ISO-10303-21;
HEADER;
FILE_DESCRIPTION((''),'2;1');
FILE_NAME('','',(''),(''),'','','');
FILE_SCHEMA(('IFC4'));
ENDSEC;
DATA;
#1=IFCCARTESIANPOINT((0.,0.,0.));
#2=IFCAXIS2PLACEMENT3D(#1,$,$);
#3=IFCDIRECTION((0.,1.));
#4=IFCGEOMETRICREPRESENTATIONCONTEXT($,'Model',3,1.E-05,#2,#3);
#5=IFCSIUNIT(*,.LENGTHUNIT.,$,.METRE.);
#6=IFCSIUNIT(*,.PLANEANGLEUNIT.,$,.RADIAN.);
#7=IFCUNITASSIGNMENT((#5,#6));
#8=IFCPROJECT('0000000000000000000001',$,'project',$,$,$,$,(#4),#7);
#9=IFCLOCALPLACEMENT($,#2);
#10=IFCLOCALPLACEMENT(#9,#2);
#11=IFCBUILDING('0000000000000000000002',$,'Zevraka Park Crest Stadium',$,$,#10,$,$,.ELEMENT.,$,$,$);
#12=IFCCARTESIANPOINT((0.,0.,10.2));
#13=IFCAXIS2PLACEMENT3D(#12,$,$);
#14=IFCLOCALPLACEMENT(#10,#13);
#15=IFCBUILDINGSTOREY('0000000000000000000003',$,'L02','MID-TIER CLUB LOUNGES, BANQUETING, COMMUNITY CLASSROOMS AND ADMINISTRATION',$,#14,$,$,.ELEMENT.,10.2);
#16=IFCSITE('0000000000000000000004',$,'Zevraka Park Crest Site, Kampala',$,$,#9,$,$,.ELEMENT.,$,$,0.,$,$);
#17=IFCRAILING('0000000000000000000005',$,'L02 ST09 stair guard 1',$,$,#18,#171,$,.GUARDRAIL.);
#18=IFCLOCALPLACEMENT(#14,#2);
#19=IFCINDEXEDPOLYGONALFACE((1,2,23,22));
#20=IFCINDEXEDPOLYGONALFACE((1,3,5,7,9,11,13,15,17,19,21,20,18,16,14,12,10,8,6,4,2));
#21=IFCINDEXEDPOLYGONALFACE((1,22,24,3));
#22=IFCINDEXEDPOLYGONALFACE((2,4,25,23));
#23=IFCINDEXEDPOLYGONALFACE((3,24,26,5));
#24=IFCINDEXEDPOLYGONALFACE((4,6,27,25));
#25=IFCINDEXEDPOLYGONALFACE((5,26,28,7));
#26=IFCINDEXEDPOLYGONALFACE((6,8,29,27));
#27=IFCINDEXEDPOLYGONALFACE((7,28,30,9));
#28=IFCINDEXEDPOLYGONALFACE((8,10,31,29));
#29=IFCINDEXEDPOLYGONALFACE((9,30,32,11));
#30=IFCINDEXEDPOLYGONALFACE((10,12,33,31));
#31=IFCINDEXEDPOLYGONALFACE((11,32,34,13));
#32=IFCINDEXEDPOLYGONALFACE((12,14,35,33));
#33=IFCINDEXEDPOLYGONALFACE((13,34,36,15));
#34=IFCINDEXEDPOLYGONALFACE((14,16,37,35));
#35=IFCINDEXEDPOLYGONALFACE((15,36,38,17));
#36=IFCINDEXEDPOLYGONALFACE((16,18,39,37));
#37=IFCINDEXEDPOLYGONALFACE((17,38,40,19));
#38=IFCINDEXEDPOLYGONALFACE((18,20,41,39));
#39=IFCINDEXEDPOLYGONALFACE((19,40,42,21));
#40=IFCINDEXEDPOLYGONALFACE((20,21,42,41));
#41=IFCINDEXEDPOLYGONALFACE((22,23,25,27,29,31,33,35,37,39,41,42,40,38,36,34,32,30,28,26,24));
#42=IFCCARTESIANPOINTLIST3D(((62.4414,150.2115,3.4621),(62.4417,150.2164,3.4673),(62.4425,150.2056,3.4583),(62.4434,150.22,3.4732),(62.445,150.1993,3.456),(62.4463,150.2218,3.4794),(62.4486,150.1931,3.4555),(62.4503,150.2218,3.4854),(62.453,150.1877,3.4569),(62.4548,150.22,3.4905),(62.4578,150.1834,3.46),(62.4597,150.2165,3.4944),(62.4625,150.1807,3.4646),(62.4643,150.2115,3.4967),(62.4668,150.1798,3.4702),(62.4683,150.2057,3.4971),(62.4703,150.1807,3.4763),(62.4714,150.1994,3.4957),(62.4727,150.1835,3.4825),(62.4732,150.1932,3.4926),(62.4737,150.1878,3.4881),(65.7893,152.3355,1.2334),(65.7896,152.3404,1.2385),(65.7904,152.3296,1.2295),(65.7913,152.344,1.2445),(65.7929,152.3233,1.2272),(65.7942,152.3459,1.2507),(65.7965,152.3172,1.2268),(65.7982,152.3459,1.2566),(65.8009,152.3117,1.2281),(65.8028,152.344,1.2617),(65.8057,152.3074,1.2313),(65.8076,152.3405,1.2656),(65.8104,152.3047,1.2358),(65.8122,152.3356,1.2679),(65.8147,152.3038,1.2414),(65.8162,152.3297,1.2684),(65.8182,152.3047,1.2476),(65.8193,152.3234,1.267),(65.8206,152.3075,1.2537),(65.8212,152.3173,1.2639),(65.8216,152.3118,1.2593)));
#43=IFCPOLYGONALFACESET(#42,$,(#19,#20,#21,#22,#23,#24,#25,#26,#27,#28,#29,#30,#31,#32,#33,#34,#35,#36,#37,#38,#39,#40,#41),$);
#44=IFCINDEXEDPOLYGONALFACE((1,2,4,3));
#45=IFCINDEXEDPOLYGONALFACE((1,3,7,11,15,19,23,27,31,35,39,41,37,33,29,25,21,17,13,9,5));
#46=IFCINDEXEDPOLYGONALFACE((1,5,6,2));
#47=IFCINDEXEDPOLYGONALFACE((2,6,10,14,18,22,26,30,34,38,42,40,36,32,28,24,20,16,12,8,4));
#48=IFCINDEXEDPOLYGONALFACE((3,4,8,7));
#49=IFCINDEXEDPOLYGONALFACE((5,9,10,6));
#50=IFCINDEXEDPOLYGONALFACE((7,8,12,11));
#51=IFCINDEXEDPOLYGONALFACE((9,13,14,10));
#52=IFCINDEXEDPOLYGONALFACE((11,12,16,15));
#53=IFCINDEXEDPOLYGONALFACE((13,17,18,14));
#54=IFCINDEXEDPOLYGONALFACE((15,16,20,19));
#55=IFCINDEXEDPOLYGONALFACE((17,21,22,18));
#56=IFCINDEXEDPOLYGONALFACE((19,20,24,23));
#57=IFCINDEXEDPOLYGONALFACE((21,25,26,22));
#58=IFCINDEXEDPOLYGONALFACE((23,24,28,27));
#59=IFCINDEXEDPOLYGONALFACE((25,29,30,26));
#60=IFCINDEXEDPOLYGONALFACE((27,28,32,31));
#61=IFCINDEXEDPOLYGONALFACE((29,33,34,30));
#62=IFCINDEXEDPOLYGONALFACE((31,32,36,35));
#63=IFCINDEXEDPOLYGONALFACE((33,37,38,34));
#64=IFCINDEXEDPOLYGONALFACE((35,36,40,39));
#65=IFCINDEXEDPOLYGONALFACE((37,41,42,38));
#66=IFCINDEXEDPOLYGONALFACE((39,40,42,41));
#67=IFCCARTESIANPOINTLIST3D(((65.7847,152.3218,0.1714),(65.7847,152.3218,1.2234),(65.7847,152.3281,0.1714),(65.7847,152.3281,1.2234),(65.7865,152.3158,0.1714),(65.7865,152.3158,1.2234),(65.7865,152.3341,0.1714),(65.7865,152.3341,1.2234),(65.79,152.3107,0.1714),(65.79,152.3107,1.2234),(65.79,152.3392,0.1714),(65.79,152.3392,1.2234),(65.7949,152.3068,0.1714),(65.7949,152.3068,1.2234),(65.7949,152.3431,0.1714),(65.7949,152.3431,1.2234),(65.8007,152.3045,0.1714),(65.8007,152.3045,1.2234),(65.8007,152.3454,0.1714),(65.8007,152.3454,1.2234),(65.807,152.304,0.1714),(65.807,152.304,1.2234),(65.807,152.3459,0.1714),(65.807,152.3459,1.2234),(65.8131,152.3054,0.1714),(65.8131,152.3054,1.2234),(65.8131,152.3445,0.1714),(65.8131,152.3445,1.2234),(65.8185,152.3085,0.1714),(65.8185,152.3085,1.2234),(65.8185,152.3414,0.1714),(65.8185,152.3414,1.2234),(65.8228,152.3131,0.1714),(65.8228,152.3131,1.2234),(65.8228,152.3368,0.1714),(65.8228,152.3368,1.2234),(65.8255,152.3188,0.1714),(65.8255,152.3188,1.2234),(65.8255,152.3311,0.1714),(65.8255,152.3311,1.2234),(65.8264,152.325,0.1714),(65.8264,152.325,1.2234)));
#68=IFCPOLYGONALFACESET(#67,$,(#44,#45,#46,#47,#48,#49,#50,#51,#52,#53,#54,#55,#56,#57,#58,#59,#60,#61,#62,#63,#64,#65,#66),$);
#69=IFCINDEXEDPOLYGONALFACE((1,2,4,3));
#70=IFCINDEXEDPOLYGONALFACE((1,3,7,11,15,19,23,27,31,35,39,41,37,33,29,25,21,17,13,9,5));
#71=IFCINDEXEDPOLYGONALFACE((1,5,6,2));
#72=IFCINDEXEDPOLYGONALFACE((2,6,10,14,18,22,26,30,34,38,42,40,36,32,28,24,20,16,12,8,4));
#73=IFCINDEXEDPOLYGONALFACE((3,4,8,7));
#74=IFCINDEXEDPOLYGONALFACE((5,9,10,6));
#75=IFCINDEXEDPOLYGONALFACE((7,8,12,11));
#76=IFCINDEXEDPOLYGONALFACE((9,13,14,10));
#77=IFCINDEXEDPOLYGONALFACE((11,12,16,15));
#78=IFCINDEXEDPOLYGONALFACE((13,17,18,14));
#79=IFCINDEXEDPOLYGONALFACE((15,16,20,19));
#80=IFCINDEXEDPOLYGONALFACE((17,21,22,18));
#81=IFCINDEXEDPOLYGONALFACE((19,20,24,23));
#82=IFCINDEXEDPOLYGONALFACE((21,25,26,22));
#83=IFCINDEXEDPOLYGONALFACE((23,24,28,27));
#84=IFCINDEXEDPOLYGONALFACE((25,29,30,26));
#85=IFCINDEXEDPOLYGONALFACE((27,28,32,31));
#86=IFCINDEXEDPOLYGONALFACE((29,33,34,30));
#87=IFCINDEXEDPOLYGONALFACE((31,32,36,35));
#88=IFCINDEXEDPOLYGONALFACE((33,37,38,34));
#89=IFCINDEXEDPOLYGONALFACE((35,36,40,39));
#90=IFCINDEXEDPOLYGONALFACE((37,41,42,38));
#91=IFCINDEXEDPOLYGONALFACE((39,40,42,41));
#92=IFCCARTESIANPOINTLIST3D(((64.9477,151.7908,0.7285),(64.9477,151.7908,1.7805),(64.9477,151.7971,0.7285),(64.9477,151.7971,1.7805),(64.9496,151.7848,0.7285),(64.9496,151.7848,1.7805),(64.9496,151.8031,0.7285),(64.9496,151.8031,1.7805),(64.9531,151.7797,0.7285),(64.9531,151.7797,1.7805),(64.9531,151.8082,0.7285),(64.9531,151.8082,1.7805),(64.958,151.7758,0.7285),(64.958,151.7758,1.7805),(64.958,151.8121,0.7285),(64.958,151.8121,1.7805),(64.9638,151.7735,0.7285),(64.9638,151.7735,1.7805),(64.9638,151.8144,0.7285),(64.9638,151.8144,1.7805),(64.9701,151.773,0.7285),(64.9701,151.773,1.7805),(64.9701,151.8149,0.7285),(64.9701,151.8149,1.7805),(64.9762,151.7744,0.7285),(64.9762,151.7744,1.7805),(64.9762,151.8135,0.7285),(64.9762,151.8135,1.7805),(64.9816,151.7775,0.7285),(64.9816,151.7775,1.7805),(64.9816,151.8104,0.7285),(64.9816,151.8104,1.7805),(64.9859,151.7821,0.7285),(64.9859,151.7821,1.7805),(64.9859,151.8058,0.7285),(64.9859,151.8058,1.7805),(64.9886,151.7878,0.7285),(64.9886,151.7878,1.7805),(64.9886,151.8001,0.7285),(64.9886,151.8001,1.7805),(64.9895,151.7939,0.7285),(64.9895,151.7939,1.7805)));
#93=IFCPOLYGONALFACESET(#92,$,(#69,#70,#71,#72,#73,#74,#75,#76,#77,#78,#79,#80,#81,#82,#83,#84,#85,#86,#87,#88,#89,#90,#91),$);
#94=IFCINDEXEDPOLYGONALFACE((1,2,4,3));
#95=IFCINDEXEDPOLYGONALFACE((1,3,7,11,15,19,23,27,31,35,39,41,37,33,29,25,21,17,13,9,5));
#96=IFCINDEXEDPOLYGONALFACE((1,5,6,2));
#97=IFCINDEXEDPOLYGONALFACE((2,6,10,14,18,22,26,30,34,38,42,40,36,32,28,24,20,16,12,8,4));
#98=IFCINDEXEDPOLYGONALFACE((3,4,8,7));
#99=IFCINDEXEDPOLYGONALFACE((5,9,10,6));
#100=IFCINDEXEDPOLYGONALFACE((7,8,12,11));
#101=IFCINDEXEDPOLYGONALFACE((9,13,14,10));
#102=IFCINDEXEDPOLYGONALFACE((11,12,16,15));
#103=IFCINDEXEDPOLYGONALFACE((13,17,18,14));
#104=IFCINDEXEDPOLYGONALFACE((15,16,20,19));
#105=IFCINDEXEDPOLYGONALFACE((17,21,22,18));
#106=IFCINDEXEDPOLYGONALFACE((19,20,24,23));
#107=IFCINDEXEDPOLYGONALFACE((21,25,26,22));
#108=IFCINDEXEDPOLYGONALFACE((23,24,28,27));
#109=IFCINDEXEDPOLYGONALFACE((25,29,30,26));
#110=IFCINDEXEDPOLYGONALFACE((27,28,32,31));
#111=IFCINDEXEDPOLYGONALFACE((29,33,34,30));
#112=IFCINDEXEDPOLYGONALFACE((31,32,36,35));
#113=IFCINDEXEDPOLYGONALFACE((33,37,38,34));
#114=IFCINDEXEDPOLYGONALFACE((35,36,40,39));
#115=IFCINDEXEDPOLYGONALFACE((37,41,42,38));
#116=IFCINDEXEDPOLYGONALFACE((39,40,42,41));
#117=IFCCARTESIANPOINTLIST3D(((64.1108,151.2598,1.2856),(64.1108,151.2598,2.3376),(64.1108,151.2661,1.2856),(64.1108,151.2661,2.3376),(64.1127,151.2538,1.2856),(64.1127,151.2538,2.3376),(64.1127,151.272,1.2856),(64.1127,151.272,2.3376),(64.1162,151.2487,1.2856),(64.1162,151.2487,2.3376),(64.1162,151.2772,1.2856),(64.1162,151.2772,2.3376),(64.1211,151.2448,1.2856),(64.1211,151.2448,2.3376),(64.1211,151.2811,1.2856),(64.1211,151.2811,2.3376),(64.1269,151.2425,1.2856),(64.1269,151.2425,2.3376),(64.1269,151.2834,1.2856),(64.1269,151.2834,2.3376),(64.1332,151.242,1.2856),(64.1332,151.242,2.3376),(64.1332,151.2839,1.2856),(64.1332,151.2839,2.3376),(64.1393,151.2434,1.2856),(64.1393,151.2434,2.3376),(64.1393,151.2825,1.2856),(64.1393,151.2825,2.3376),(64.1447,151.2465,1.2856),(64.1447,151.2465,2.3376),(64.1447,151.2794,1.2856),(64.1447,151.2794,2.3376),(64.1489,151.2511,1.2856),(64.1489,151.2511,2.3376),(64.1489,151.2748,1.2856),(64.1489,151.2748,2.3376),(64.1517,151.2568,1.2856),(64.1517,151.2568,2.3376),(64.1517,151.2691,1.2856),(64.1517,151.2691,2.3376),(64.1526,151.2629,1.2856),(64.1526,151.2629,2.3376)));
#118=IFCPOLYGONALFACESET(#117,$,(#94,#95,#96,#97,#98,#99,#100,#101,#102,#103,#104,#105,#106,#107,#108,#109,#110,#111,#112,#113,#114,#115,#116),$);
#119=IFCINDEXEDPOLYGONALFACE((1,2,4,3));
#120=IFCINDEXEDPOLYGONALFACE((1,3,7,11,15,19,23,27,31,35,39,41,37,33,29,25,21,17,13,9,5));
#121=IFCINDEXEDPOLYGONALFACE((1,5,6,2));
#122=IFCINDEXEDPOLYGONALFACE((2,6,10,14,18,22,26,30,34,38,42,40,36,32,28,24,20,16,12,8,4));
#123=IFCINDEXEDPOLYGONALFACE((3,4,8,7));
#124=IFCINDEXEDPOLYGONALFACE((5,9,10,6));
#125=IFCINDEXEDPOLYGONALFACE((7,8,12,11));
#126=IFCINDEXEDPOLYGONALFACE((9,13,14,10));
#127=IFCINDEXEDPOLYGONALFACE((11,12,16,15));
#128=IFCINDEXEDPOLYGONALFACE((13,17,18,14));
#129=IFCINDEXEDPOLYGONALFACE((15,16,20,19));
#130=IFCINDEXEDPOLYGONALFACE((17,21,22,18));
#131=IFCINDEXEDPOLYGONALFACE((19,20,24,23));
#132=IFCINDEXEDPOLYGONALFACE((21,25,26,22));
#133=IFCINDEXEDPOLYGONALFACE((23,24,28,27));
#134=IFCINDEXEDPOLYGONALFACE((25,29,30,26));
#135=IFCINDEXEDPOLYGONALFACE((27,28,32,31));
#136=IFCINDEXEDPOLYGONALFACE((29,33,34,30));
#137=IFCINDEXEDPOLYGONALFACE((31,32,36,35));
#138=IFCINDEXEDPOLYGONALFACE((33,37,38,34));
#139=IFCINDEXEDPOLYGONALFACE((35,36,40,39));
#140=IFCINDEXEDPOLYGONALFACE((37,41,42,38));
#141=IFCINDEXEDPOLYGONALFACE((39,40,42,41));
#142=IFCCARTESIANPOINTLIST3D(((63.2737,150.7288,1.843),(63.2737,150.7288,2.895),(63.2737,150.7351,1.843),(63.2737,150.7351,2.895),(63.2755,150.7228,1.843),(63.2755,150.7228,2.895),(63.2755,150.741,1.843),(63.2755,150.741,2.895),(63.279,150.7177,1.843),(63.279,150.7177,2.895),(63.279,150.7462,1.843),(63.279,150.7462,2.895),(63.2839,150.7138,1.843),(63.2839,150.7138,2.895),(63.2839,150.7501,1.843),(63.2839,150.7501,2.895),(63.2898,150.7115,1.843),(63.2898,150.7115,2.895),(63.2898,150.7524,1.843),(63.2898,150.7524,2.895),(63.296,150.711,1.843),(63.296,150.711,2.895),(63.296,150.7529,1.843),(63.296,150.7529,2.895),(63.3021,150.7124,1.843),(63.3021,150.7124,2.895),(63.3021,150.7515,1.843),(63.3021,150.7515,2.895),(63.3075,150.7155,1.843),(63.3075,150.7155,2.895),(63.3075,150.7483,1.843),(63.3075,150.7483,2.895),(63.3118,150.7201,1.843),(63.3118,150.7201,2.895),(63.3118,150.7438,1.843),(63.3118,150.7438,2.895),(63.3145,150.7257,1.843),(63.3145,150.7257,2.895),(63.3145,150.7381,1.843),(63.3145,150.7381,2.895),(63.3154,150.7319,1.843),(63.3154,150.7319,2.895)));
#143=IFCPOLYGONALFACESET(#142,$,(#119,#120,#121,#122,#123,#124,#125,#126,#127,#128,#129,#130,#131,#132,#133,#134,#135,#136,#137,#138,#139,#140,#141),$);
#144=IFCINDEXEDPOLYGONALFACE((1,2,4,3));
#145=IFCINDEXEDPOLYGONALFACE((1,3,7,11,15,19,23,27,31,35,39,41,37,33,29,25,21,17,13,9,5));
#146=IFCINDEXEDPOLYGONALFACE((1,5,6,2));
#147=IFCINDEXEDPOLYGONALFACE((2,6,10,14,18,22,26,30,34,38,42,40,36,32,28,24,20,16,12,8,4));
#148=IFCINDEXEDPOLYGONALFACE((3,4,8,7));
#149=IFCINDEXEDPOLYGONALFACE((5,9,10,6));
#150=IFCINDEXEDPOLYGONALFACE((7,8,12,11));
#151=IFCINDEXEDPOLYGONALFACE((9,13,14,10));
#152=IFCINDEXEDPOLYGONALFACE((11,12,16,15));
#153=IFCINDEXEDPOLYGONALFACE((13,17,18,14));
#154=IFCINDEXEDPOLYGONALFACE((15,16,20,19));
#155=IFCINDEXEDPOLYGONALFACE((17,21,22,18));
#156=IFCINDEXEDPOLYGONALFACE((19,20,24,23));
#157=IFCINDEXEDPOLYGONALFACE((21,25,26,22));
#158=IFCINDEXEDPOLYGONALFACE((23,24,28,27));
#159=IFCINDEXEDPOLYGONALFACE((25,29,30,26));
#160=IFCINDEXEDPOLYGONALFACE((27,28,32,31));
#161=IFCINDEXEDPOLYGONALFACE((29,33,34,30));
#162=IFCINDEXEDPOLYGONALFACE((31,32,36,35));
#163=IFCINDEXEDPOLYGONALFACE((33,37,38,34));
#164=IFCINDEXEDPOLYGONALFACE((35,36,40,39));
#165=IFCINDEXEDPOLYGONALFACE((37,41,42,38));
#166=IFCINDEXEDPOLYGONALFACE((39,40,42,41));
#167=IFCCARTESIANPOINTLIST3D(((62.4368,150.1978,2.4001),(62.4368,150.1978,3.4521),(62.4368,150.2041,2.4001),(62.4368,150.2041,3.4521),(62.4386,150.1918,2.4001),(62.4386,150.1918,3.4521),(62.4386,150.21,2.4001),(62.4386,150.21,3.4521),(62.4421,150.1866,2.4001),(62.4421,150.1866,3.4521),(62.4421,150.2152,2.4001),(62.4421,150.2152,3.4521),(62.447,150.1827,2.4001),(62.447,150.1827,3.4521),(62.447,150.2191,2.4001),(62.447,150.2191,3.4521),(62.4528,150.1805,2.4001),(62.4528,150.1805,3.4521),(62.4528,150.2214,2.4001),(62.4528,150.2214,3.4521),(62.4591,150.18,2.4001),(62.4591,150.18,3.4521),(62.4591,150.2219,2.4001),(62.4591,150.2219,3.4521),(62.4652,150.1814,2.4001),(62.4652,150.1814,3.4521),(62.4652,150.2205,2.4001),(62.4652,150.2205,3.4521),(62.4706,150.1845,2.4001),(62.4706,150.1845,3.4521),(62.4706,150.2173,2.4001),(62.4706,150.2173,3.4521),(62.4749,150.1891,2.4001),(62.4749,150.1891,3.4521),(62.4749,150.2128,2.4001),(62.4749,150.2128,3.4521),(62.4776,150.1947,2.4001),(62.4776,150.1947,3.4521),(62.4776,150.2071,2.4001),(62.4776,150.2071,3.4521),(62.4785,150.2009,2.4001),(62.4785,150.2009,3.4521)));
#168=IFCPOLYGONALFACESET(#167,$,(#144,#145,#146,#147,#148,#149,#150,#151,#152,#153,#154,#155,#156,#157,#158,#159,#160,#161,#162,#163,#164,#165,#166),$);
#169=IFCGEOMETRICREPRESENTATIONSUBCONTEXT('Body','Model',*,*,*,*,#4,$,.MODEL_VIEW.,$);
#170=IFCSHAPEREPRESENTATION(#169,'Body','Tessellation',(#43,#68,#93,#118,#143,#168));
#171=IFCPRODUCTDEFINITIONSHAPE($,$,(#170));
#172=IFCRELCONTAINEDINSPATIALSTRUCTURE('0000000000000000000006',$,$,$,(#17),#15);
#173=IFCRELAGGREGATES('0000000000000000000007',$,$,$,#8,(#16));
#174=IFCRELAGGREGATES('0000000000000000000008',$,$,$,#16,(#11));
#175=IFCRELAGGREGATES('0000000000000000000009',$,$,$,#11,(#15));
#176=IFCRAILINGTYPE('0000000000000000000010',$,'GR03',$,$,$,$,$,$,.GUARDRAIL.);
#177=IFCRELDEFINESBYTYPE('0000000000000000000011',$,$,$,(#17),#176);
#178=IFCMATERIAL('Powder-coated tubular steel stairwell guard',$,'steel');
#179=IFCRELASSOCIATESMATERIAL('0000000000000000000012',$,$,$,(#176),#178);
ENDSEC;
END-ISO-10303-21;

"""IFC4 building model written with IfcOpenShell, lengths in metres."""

from ifc_helpers import new_model, si_unit, direction, frame, origin, origin_2d, place, context, subcontext, project, spatial, circle, extrude, material, type_object, element, save


model = new_model("IFC4")

# Units and contexts
model_context = context("Model", 3, precision=1e-05, world=origin(), true_north=direction((0.0, 1.0)))
body_context = subcontext(model_context, "Body", "Model", "MODEL_VIEW")
ifc_project = project(units=[si_unit("LENGTHUNIT", "METRE"), si_unit("PLANEANGLEUNIT", "RADIAN")], contexts=[model_context])

# Site, building, storey
site_placement = place(None, origin())
site = spatial("IfcSite", under=ifc_project, at=site_placement, Name="Zevraka Park Crest Site, Kampala", CompositionType="ELEMENT", RefElevation=0.0)
building_placement = place(site_placement, origin())
building = spatial("IfcBuilding", under=site, at=building_placement, Name="Zevraka Park Crest Stadium", CompositionType="ELEMENT")
storey_placement = place(building_placement, frame((0.0, 0.0, 10.2)))
storey = spatial("IfcBuildingStorey", under=building, at=storey_placement, Name="L02", Description="MID-TIER CLUB LOUNGES, BANQUETING, COMMUNITY CLASSROOMS AND ADMINISTRATION", CompositionType="ELEMENT", Elevation=10.2)

# Railing
ifc_material_1 = material(Name="Powder-coated tubular steel stairwell guard", Category="steel")
railing_type_1 = type_object("IfcRailingType", Name="GR03", PredefinedType="GUARDRAIL", material=ifc_material_1)
railing_1_placement = place(storey_placement, frame((65.8054, 152.325, 0.1714)))
element("IfcRailing", 1, at=railing_1_placement, inside=storey, type_object=railing_type_1, Name="L02 ST09 stair guard 1", PredefinedType="GUARDRAIL", context=body_context, shape_type="SweptSolid", body=[
    extrude(circle(Radius=0.0239, at=origin_2d()), frame((0.0, 0.0, 1.0762), z_axis=(-0.736073, -0.46699, 0.490017), x_axis=(0.535716, -0.844399, 0.0)), (0.0, 0.0, 1.0), 4.5483),
    extrude(circle(Radius=0.021, at=origin_2d()), origin(), (0.0, 0.0, 1.0), 1.052),
    extrude(circle(Radius=0.021, at=origin_2d()), frame((-0.8369, -0.531, 0.5571)), (0.0, 0.0, 1.0), 1.052),
    extrude(circle(Radius=0.021, at=origin_2d()), frame((-1.6738, -1.062, 1.1143)), (0.0, 0.0, 1.0), 1.052),
    extrude(circle(Radius=0.021, at=origin_2d()), frame((-2.511, -1.593, 1.6716)), (0.0, 0.0, 1.0), 1.052),
    extrude(circle(Radius=0.021, at=origin_2d()), frame((-3.3479, -2.124, 2.2288)), (0.0, 0.0, 1.0), 1.052),
])

save(model, "model.ifc")
